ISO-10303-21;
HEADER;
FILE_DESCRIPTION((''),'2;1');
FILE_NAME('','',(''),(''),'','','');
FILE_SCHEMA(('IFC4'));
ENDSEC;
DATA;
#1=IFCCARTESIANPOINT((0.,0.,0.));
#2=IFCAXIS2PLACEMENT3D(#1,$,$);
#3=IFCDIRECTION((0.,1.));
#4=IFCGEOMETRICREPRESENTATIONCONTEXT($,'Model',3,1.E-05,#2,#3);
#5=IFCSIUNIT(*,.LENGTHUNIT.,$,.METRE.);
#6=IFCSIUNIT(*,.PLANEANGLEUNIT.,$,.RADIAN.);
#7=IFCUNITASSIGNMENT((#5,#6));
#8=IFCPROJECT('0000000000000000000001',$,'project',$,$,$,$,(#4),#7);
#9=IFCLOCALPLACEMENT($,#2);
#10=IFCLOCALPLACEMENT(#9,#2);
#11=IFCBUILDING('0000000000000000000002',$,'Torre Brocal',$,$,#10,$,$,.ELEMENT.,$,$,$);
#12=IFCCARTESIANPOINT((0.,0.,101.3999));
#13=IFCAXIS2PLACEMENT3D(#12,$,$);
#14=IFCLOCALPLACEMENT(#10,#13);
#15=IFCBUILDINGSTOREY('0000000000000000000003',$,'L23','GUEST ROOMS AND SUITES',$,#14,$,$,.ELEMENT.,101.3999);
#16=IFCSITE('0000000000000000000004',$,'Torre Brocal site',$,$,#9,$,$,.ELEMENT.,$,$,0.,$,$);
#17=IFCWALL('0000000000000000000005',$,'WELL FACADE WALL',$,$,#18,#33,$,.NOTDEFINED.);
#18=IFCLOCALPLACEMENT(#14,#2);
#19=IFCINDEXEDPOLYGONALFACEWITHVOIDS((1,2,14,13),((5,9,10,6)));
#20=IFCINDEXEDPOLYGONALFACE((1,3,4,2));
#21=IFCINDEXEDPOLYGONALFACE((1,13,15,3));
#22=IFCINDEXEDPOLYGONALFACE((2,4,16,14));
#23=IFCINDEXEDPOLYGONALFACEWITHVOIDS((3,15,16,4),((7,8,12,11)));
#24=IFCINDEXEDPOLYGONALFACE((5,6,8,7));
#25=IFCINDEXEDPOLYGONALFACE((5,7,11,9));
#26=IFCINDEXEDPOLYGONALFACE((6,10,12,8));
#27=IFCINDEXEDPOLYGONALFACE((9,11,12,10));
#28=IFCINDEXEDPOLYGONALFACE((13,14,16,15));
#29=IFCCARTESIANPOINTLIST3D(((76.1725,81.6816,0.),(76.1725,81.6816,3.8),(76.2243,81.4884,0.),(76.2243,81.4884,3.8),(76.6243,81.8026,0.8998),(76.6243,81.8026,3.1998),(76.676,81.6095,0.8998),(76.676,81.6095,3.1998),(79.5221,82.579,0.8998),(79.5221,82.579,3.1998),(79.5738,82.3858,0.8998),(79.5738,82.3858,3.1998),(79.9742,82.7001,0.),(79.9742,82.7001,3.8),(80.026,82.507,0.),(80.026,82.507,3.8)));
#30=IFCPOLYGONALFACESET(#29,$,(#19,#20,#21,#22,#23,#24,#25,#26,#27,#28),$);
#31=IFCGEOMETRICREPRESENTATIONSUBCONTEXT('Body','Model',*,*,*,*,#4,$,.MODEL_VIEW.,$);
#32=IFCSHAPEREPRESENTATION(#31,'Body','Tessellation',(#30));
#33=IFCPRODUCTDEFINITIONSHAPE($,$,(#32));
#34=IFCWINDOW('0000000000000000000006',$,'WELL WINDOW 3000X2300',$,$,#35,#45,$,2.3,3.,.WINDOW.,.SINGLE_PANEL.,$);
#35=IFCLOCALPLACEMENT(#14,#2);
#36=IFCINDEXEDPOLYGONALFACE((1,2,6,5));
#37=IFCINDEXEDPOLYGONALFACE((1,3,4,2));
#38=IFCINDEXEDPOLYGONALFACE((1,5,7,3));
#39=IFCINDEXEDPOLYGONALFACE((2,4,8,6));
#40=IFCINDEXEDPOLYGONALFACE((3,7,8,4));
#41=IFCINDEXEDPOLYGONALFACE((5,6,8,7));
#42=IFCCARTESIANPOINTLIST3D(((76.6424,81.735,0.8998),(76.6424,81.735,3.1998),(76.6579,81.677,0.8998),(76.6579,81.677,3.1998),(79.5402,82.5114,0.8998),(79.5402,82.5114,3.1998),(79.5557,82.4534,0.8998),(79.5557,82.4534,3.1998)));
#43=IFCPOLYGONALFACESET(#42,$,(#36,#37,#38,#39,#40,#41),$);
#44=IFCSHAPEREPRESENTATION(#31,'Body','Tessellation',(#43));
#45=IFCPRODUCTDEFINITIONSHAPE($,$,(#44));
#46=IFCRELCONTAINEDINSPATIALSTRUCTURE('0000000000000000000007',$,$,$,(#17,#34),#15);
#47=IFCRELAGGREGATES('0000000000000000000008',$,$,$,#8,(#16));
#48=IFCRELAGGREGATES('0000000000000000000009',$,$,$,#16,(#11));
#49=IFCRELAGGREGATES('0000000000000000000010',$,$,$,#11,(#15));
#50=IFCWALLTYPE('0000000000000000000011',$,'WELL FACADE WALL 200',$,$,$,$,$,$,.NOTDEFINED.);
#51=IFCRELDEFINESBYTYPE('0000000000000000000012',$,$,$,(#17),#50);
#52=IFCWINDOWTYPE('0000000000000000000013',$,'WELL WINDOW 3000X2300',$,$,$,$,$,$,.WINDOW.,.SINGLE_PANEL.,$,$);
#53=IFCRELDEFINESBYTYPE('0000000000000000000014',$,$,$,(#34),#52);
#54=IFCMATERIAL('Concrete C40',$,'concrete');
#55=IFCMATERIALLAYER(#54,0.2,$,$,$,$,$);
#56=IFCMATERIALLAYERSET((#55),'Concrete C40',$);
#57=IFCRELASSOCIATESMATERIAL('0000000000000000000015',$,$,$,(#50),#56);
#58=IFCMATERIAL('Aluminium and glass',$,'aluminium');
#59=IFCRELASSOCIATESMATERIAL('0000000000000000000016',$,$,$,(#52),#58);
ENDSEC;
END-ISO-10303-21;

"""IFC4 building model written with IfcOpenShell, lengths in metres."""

from ifc_helpers import new_model, si_unit, direction, frame, frame_2d, origin, place, context, subcontext, project, spatial, rectangle, extrude, material, layer, layer_set, type_object, element, fill, save


model = new_model("IFC4")

# Units and contexts
model_context = context("Model", 3, precision=1e-05, world=origin(), true_north=direction((0.0, 1.0)))
body_context = subcontext(model_context, "Body", "Model", "MODEL_VIEW")
ifc_project = project(units=[si_unit("LENGTHUNIT", "METRE"), si_unit("PLANEANGLEUNIT", "RADIAN")], contexts=[model_context])

# Site, building, storey
site_placement = place(None, origin())
site = spatial("IfcSite", under=ifc_project, at=site_placement, Name="Torre Brocal site", CompositionType="ELEMENT", RefElevation=0.0)
building_placement = place(site_placement, origin())
building = spatial("IfcBuilding", under=site, at=building_placement, Name="Torre Brocal", CompositionType="ELEMENT")
storey_placement = place(building_placement, frame((0.0, 0.0, 101.3999)))
storey = spatial("IfcBuildingStorey", under=building, at=storey_placement, Name="L23", Description="GUEST ROOMS AND SUITES", CompositionType="ELEMENT", Elevation=101.3999)

# Wall, opening, window
ifc_material_1 = material(Name="Concrete C40", Category="concrete")
ifc_layer_1 = layer(ifc_material_1, 0.2)
ifc_layer_set_1 = layer_set([ifc_layer_1], Name="Concrete C40")
wall_type_1 = type_object("IfcWallType", Name="WELL FACADE WALL 200", PredefinedType="NOTDEFINED", material=ifc_layer_set_1)
wall_1_placement = place(storey_placement, frame((80.0, 82.6035, 0.0), z_axis=(0.0, 0.0, 1.0), x_axis=(-0.965934, -0.25879, 0.0)))
wall_1 = element("IfcWall", 1, at=wall_1_placement, inside=storey, type_object=wall_type_1, Name="WELL FACADE WALL", PredefinedType="NOTDEFINED", context=body_context, shape_type="SweptSolid", body=[
    extrude(rectangle(XDim=3.9358, YDim=0.2, at=frame_2d((1.9678, 0.0))), origin(), (0.0, 0.0, 1.0), 3.8),
])
opening_1_placement = place(wall_1_placement, frame((0.468, 0.0, 0.8999)))
opening_1 = element("IfcOpeningElement", 2, at=opening_1_placement, cuts=wall_1, PredefinedType="OPENING", context=body_context, shape_type="SweptSolid", body=[
    extrude(rectangle(XDim=3.0, YDim=2.3, at=frame_2d((1.5, 1.1499))), frame((0.0, 0.1099, 0.0), z_axis=(0.0, -1.0, 0.0), x_axis=(1.0, 0.0, 0.0)), (0.0, 0.0, 1.0), 0.22),
])
ifc_material_2 = material(Name="Aluminium and glass", Category="aluminium")
window_type = type_object("IfcWindowType", Name="WELL WINDOW 3000X2300", PartitioningType="SINGLE_PANEL", PredefinedType="WINDOW", material=ifc_material_2)
window_placement = place(opening_1_placement, origin())
window = element("IfcWindow", 3, at=window_placement, inside=storey, type_object=window_type, Name="WELL WINDOW 3000X2300", OverallHeight=2.3, OverallWidth=3.0, PartitioningType="SINGLE_PANEL", PredefinedType="WINDOW", context=body_context, shape_type="SweptSolid", body=[
    extrude(rectangle(XDim=3.0, YDim=2.3, at=frame_2d((1.5, 1.1499))), frame((0.0, 0.03, 0.0), z_axis=(0.0, -1.0, 0.0), x_axis=(1.0, 0.0, 0.0)), (0.0, 0.0, 1.0), 0.0601),
])
fill(opening_1, window)

save(model, "model.ifc")
